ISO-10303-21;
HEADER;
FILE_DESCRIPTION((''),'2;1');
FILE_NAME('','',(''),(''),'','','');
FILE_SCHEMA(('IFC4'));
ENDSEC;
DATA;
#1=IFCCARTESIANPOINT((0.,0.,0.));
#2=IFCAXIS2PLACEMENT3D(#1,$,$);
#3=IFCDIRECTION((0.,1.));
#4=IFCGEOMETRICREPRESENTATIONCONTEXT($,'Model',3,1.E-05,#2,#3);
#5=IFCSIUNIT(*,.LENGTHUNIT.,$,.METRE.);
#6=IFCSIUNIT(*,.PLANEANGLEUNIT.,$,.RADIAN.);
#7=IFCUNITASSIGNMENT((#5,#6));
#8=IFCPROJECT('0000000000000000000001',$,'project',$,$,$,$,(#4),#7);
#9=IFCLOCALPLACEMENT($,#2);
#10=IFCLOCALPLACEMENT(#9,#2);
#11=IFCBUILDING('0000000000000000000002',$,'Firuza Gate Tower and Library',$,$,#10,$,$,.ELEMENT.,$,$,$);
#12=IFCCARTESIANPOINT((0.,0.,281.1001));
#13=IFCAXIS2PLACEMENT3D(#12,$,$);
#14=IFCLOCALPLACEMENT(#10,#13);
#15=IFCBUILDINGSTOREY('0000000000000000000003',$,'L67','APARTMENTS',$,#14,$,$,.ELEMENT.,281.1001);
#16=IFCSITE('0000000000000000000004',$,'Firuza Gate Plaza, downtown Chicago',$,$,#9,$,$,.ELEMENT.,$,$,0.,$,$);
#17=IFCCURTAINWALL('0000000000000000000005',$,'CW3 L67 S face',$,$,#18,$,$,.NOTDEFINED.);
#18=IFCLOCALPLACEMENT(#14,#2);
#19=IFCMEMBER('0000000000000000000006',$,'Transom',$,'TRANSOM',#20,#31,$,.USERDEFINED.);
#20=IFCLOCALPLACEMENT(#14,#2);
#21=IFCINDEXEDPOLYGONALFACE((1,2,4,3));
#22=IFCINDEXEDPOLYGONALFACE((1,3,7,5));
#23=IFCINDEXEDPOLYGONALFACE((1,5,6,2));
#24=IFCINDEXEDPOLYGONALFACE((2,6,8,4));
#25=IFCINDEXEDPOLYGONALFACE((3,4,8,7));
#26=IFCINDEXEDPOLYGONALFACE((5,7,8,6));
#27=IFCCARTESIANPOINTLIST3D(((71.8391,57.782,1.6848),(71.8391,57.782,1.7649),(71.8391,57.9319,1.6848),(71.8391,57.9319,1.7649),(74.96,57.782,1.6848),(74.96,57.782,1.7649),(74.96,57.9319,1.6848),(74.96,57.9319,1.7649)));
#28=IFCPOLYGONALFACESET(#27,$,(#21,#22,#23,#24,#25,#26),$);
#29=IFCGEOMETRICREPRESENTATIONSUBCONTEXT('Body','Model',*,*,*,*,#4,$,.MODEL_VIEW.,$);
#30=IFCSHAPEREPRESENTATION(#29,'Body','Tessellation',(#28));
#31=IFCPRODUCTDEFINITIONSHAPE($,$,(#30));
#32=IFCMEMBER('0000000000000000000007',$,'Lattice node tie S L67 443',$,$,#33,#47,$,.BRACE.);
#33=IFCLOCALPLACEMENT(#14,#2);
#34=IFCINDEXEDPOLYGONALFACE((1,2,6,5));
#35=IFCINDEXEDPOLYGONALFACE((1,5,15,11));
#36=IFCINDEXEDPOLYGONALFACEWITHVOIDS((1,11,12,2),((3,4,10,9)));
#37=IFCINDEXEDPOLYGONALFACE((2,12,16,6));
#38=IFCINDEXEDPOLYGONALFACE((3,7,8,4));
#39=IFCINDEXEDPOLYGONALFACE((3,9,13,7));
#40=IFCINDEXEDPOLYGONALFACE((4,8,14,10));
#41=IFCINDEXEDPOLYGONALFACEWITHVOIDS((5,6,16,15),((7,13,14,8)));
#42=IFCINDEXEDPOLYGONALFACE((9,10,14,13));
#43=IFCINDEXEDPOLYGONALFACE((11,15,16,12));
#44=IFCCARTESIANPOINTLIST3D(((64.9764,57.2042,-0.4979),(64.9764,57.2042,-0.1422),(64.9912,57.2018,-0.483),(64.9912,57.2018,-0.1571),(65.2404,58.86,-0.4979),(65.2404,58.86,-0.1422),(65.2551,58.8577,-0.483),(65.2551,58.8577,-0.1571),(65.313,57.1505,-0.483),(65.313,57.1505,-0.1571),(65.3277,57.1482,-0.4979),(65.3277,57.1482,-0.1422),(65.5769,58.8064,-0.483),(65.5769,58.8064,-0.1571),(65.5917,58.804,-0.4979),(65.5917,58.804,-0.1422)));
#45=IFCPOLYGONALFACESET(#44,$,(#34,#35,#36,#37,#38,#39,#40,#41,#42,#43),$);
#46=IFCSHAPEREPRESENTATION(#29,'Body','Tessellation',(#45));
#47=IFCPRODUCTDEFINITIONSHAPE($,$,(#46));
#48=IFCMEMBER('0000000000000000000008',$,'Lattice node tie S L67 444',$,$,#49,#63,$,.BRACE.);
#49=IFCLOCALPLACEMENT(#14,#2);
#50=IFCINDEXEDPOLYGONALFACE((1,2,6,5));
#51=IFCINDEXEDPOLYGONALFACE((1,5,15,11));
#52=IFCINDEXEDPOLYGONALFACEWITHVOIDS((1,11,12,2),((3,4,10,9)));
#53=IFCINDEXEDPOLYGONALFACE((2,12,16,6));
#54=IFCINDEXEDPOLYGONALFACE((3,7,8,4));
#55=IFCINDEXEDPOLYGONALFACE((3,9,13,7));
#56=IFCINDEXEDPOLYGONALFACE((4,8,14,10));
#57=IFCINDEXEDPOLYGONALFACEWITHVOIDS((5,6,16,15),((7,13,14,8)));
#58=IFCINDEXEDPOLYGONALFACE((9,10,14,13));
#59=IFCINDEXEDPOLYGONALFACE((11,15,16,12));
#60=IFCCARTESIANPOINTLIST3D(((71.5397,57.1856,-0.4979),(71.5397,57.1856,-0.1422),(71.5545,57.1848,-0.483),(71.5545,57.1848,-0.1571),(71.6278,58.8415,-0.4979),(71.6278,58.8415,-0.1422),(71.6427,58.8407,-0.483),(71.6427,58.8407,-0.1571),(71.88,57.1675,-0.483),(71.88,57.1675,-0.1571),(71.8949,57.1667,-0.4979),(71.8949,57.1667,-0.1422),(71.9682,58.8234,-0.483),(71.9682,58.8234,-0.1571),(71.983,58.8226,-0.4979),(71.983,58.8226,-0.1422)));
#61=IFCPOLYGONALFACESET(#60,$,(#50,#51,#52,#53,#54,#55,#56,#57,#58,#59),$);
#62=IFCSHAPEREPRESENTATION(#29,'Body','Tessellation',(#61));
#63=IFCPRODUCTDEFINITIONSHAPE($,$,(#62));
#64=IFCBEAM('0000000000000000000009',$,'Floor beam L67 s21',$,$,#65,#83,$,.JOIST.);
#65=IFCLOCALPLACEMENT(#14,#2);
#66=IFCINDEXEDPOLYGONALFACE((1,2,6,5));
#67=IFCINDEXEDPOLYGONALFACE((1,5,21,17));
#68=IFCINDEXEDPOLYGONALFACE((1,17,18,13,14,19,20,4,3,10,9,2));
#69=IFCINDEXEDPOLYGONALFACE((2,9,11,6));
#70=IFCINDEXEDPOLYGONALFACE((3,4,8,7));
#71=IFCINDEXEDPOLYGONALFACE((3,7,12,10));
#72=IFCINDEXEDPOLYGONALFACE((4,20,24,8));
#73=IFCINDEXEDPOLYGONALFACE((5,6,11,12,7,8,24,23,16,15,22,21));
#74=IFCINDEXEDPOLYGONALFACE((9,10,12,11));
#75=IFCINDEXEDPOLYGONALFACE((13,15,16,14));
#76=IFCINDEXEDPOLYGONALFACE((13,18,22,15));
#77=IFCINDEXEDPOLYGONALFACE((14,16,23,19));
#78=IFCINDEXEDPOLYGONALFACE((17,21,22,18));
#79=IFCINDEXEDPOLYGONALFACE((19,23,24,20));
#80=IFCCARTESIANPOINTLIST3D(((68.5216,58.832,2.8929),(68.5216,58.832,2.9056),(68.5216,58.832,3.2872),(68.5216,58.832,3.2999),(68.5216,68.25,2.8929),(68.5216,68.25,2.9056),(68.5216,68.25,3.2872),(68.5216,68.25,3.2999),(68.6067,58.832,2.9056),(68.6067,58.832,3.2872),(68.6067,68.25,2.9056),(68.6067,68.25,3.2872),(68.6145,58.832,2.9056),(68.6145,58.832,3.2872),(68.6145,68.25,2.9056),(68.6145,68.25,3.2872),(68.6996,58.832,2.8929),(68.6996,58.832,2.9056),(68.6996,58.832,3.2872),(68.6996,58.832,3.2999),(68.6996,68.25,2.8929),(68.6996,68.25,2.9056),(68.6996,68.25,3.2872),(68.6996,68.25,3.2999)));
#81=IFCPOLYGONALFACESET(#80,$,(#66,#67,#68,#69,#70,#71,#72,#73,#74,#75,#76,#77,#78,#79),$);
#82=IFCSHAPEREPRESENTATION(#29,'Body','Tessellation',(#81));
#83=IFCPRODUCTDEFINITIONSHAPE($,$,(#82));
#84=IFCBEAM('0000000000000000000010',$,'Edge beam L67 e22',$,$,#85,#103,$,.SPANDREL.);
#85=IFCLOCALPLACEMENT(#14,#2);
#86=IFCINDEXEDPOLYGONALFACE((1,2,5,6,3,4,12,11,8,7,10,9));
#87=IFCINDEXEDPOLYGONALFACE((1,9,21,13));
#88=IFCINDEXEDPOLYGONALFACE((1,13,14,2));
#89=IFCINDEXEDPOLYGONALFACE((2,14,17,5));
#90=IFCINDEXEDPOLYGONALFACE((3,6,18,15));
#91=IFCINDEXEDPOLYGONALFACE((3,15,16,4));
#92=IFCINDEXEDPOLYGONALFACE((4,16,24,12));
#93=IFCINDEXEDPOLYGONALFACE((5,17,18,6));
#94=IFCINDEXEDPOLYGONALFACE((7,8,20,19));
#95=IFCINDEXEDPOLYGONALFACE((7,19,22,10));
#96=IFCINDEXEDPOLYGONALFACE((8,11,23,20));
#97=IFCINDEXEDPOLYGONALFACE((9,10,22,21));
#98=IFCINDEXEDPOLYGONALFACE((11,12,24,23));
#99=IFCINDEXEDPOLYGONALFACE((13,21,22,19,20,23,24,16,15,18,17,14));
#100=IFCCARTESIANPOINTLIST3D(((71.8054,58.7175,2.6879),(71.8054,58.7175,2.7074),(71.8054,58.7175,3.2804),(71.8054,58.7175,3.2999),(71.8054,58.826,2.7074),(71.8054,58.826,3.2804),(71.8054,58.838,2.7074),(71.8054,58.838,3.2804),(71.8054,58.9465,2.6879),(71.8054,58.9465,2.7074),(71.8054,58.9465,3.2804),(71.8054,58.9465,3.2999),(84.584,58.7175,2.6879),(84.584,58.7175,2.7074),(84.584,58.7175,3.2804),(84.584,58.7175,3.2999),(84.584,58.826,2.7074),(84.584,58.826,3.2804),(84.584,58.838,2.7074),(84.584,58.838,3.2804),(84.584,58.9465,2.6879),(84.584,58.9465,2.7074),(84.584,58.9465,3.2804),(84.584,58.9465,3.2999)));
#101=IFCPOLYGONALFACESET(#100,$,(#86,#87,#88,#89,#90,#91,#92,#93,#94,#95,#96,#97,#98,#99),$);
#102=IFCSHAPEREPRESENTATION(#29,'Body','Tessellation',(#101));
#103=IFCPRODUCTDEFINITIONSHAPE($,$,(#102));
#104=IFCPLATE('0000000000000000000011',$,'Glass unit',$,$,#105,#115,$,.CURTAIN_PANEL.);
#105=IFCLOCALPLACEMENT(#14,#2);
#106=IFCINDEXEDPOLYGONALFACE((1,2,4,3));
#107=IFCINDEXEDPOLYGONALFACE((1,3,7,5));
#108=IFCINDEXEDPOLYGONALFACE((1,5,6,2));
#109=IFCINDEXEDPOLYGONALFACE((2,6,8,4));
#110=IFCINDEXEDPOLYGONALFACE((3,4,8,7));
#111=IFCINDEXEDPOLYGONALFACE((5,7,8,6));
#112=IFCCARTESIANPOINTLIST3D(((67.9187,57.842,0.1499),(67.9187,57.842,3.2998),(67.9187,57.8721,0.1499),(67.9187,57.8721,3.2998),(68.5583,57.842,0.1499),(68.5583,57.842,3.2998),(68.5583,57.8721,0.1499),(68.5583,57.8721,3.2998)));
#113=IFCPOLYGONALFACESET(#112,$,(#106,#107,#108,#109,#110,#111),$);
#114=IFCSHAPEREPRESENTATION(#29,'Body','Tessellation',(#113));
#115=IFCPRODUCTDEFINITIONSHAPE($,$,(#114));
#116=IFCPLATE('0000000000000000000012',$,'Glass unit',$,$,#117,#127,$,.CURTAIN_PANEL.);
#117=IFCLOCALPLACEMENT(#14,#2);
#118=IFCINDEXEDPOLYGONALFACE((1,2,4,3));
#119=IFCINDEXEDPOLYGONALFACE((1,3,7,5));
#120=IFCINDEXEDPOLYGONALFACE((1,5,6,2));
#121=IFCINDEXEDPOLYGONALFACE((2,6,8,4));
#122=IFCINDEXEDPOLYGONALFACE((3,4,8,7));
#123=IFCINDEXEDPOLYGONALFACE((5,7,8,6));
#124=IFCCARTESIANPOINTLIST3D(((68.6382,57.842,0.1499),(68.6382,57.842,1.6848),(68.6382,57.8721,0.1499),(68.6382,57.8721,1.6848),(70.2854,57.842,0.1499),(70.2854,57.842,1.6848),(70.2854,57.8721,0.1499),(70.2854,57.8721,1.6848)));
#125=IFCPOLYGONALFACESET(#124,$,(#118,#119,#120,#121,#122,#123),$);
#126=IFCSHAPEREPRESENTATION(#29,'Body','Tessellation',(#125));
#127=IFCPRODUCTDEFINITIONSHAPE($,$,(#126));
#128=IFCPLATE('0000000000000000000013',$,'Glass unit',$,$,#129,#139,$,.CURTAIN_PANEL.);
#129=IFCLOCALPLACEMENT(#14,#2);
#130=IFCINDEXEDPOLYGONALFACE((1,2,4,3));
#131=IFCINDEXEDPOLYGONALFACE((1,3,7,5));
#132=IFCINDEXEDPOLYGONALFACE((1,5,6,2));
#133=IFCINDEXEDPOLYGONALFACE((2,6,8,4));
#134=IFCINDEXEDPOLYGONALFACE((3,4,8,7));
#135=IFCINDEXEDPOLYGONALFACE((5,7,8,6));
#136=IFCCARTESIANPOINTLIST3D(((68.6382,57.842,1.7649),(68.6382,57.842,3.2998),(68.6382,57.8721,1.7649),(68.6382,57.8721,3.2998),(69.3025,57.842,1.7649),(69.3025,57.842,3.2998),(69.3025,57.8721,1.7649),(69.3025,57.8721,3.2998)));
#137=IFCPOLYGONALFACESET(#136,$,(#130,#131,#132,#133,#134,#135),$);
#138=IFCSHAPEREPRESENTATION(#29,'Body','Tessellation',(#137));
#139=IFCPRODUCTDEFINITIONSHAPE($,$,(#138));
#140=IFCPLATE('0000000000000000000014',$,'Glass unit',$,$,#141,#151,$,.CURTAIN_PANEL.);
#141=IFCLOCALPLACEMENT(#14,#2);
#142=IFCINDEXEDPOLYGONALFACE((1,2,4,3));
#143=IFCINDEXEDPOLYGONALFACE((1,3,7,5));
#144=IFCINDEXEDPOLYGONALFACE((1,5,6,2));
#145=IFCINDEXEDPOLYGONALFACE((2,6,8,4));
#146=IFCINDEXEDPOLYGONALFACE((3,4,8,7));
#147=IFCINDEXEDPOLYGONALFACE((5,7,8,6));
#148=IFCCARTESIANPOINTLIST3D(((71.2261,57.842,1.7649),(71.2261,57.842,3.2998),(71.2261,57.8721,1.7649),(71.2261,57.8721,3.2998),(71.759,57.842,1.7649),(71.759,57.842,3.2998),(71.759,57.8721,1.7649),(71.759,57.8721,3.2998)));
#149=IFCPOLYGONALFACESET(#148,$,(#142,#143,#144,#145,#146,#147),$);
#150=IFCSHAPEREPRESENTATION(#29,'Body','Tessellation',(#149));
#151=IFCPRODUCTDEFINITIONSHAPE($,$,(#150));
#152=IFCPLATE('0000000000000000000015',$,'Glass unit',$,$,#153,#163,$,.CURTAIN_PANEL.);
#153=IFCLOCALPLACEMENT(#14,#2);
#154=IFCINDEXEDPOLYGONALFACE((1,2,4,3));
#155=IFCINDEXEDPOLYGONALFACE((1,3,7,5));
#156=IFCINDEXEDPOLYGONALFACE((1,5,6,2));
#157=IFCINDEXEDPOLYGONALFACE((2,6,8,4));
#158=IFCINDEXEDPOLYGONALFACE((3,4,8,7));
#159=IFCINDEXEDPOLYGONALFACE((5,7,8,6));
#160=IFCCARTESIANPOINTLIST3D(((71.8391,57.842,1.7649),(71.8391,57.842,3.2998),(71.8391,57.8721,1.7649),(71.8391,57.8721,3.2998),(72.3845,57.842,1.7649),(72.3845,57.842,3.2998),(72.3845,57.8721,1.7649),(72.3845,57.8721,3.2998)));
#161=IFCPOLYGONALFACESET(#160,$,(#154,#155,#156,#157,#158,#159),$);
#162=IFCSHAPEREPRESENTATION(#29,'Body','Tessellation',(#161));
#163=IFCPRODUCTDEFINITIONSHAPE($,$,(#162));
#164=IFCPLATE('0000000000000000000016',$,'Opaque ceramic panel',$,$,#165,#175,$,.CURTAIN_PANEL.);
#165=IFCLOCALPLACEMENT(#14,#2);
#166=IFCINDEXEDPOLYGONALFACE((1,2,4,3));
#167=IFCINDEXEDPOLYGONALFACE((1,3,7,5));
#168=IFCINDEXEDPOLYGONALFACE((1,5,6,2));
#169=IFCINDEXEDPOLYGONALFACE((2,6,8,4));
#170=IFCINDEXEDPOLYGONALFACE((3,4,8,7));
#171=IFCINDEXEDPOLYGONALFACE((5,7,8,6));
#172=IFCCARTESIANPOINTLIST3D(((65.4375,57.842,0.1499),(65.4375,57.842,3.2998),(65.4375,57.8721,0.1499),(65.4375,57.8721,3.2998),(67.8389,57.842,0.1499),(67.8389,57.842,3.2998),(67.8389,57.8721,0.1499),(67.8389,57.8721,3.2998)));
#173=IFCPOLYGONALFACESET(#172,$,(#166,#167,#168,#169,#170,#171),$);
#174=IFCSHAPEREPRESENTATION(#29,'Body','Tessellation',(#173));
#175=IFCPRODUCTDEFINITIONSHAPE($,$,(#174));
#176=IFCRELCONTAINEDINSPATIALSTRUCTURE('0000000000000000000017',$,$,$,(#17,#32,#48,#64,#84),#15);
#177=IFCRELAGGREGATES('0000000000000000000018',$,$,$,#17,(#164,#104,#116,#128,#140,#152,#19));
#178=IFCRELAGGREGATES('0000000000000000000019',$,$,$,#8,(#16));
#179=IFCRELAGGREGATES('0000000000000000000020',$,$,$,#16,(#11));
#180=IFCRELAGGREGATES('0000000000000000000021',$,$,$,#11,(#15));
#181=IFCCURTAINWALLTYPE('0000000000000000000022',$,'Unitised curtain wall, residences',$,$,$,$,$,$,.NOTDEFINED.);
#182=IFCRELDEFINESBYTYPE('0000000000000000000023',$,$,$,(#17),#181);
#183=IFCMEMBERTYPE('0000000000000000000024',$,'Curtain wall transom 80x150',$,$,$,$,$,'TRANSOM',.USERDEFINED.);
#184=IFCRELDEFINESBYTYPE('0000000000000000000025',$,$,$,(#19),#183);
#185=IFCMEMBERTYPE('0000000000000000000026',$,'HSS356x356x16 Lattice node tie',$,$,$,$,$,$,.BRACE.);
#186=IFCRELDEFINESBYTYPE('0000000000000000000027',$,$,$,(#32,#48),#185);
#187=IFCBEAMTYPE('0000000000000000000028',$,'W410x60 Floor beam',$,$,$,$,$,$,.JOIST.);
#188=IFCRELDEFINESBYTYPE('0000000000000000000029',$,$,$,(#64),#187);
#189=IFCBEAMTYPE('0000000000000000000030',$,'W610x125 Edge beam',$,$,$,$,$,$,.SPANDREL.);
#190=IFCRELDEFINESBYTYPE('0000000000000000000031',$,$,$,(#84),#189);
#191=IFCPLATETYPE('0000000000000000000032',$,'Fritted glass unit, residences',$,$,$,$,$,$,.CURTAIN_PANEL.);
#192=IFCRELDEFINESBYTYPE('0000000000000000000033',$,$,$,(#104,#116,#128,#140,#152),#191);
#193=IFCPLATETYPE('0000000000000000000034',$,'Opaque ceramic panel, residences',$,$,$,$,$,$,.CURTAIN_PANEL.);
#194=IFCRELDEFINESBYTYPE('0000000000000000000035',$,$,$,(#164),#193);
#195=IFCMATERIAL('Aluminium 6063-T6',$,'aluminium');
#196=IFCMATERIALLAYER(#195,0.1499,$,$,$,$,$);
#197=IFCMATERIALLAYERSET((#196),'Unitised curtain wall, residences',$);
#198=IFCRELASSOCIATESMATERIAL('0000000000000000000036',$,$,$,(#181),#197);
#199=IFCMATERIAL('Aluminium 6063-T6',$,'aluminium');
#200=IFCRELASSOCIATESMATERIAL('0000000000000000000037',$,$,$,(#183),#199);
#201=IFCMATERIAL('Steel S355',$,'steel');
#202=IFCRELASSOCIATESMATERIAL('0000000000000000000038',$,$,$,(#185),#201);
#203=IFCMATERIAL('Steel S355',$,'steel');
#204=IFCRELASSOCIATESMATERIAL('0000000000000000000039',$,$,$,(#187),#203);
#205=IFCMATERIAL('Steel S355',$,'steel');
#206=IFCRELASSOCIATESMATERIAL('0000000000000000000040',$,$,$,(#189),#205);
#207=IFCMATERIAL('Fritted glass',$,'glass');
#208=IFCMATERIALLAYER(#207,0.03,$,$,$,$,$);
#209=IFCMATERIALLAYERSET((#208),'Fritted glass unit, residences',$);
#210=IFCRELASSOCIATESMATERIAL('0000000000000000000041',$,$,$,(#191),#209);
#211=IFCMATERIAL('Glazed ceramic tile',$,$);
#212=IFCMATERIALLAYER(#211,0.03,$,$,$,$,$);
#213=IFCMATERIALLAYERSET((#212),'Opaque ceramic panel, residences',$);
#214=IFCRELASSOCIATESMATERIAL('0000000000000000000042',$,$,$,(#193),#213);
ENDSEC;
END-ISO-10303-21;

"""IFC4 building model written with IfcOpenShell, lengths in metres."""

from ifc_helpers import new_model, si_unit, direction, frame, origin, origin_2d, place, context, subcontext, project, spatial, polyline, rectangle, hollow_rectangle, i_section, outline, extrude, material, layer, layer_set, material_profile, profile_set, type_object, element, aggregate, save


model = new_model("IFC4")

# Units and contexts
model_context = context("Model", 3, precision=1e-05, world=origin(), true_north=direction((0.0, 1.0)))
body_context = subcontext(model_context, "Body", "Model", "MODEL_VIEW")
ifc_project = project(units=[si_unit("LENGTHUNIT", "METRE"), si_unit("PLANEANGLEUNIT", "RADIAN")], contexts=[model_context])

# Site, building, storey
site_placement = place(None, origin())
site = spatial("IfcSite", under=ifc_project, at=site_placement, Name="Firuza Gate Plaza, downtown Chicago", CompositionType="ELEMENT", RefElevation=0.0)
building_placement = place(site_placement, origin())
building = spatial("IfcBuilding", under=site, at=building_placement, Name="Firuza Gate Tower and Library", CompositionType="ELEMENT")
storey_placement = place(building_placement, frame((0.0, 0.0, 281.1001)))
storey = spatial("IfcBuildingStorey", under=building, at=storey_placement, Name="L67", Description="APARTMENTS", CompositionType="ELEMENT", Elevation=281.1001)

# Curtain wall, member
ifc_material_1 = material(Name="Aluminium 6063-T6", Category="aluminium")
ifc_layer_1 = layer(ifc_material_1, 0.1499)
ifc_layer_set_1 = layer_set([ifc_layer_1], Name="Unitised curtain wall, residences")
curtain_wall_type = type_object("IfcCurtainWallType", Name="Unitised curtain wall, residences", PredefinedType="NOTDEFINED", material=ifc_layer_set_1)
curtain_wall_placement = place(storey_placement, origin())
curtain_wall = element("IfcCurtainWall", 1, at=curtain_wall_placement, inside=storey, type_object=curtain_wall_type, Name="CW3 L67 S face", PredefinedType="NOTDEFINED")
ifc_material_2 = material(Name="Aluminium 6063-T6", Category="aluminium")
ifc_material_profile_1 = material_profile(ifc_material_2, rectangle(XDim=0.1499, YDim=0.0801, at=origin_2d()))
ifc_profile_set_1 = profile_set([ifc_material_profile_1], Name="Aluminium 6063-T6")
member_type_1 = type_object("IfcMemberType", Name="Curtain wall transom 80x150", ElementType="TRANSOM", PredefinedType="USERDEFINED", material=ifc_profile_set_1)
member_1_placement = place(storey_placement, frame((71.8391, 57.8569, 1.7249), z_axis=(1.0, 0.0, 0.0), x_axis=(0.0, 1.0, 0.0)))
member_1 = element("IfcMember", 2, at=member_1_placement, type_object=member_type_1, Name="Transom", ObjectType="TRANSOM", PredefinedType="USERDEFINED", context=body_context, shape_type="SweptSolid", body=[
    extrude(rectangle(XDim=0.1499, YDim=0.0801, at=origin_2d()), origin(), (0.0, 0.0, 1.0), 3.1208),
])

# Members
ifc_material_3 = material(Name="Steel S355", Category="steel")
ifc_material_profile_2 = material_profile(ifc_material_3, hollow_rectangle(XDim=0.3557, YDim=0.3557, WallThickness=0.0149, at=origin_2d()))
ifc_profile_set_2 = profile_set([ifc_material_profile_2], Name="Steel S355")
member_type_2 = type_object("IfcMemberType", Name="HSS356x356x16 Lattice node tie", PredefinedType="BRACE", material=ifc_profile_set_2)
member_2_placement = place(storey_placement, frame((65.416, 58.832, -0.3201), z_axis=(-0.157406, -0.987534, 0.0), x_axis=(0.987534, -0.157406, 0.0)))
element("IfcMember", 3, at=member_2_placement, inside=storey, type_object=member_type_2, Name="Lattice node tie S L67 443", PredefinedType="BRACE", context=body_context, shape_type="SweptSolid", body=[
    extrude(hollow_rectangle(XDim=0.3557, YDim=0.3557, WallThickness=0.0149, at=origin_2d()), origin(), (0.0, 0.0, 1.0), 1.6768),
])
member_3_placement = place(storey_placement, frame((71.8054, 58.832, -0.3201), z_axis=(-0.053154, -0.998586, 0.0), x_axis=(0.998586, -0.053154, 0.0)))
element("IfcMember", 4, at=member_3_placement, inside=storey, type_object=member_type_2, Name="Lattice node tie S L67 444", PredefinedType="BRACE", context=body_context, shape_type="SweptSolid", body=[
    extrude(hollow_rectangle(XDim=0.3557, YDim=0.3557, WallThickness=0.0149, at=origin_2d()), origin(), (0.0, 0.0, 1.0), 1.6582),
])

# Beams
ifc_material_4 = material(Name="Steel S355", Category="steel")
ifc_material_profile_3 = material_profile(ifc_material_4, i_section(OverallWidth=0.178, OverallDepth=0.407, WebThickness=0.0078, FlangeThickness=0.0127, at=origin_2d()))
ifc_profile_set_3 = profile_set([ifc_material_profile_3], Name="Steel S355")
beam_type_1 = type_object("IfcBeamType", Name="W410x60 Floor beam", PredefinedType="JOIST", material=ifc_profile_set_3)
beam_1_placement = place(storey_placement, frame((68.6106, 58.832, 3.0964), z_axis=(0.0, 1.0, 0.0), x_axis=(-1.0, 0.0, 0.0)))
element("IfcBeam", 5, at=beam_1_placement, inside=storey, type_object=beam_type_1, Name="Floor beam L67 s21", PredefinedType="JOIST", context=body_context, shape_type="SweptSolid", body=[
    extrude(i_section(OverallWidth=0.178, OverallDepth=0.407, WebThickness=0.0078, FlangeThickness=0.0127, at=origin_2d()), origin(), (0.0, 0.0, 1.0), 9.418),
])
ifc_material_5 = material(Name="Steel S355", Category="steel")
ifc_material_profile_4 = material_profile(ifc_material_5, i_section(OverallWidth=0.229, OverallDepth=0.6121, WebThickness=0.012, FlangeThickness=0.0195, at=origin_2d()))
ifc_profile_set_4 = profile_set([ifc_material_profile_4], Name="Steel S355")
beam_type_2 = type_object("IfcBeamType", Name="W610x125 Edge beam", PredefinedType="SPANDREL", material=ifc_profile_set_4)
beam_2_placement = place(storey_placement, frame((71.8054, 58.832, 2.9939), z_axis=(1.0, 0.0, 0.0), x_axis=(0.0, 1.0, 0.0)))
element("IfcBeam", 6, at=beam_2_placement, inside=storey, type_object=beam_type_2, Name="Edge beam L67 e22", PredefinedType="SPANDREL", context=body_context, shape_type="SweptSolid", body=[
    extrude(i_section(OverallWidth=0.229, OverallDepth=0.6121, WebThickness=0.012, FlangeThickness=0.0195, at=origin_2d()), origin(), (0.0, 0.0, 1.0), 12.7786),
])

# Plates
ifc_material_6 = material(Name="Fritted glass", Category="glass")
ifc_layer_2 = layer(ifc_material_6, 0.03)
ifc_layer_set_2 = layer_set([ifc_layer_2], Name="Fritted glass unit, residences")
plate_type_1 = type_object("IfcPlateType", Name="Fritted glass unit, residences", PredefinedType="CURTAIN_PANEL", material=ifc_layer_set_2)
plate_1_placement = place(storey_placement, frame((67.9187, 57.842, 0.1499), z_axis=(0.0, -1.0, 0.0), x_axis=(1.0, 0.0, 0.0)))
plate_1 = element("IfcPlate", 7, at=plate_1_placement, type_object=plate_type_1, Name="Glass unit", PredefinedType="CURTAIN_PANEL", context=body_context, shape_type="SweptSolid", body=[
    extrude(outline(polyline([(0.0, 0.0), (0.6396, 0.0), (0.6396, 3.1499), (0.0, 3.1499), (0.0, 0.0)])), origin(), (0.0, 0.0, -1.0), 0.03),
])
plate_2_placement = place(storey_placement, frame((68.6382, 57.842, 0.1499), z_axis=(0.0, -1.0, 0.0), x_axis=(1.0, 0.0, 0.0)))
plate_2 = element("IfcPlate", 8, at=plate_2_placement, type_object=plate_type_1, Name="Glass unit", PredefinedType="CURTAIN_PANEL", context=body_context, shape_type="SweptSolid", body=[
    extrude(outline(polyline([(0.0, 0.0), (1.6472, 0.0), (1.6472, 1.5349), (0.0, 1.5349), (0.0, 0.0)])), origin(), (0.0, 0.0, -1.0), 0.03),
])
plate_3_placement = place(storey_placement, frame((68.6382, 57.842, 1.7649), z_axis=(0.0, -1.0, 0.0), x_axis=(1.0, 0.0, 0.0)))
plate_3 = element("IfcPlate", 9, at=plate_3_placement, type_object=plate_type_1, Name="Glass unit", PredefinedType="CURTAIN_PANEL", context=body_context, shape_type="SweptSolid", body=[
    extrude(outline(polyline([(0.0, 0.0), (0.6643, 0.0), (0.6643, 1.5349), (0.0, 1.5349), (0.0, 0.0)])), origin(), (0.0, 0.0, -1.0), 0.03),
])
plate_4_placement = place(storey_placement, frame((71.2261, 57.842, 1.7649), z_axis=(0.0, -1.0, 0.0), x_axis=(1.0, 0.0, 0.0)))
plate_4 = element("IfcPlate", 10, at=plate_4_placement, type_object=plate_type_1, Name="Glass unit", PredefinedType="CURTAIN_PANEL", context=body_context, shape_type="SweptSolid", body=[
    extrude(outline(polyline([(0.0, 0.0), (0.533, 0.0), (0.533, 1.5349), (0.0, 1.5349), (0.0, 0.0)])), origin(), (0.0, 0.0, -1.0), 0.03),
])
plate_5_placement = place(storey_placement, frame((71.8391, 57.842, 1.7649), z_axis=(0.0, -1.0, 0.0), x_axis=(1.0, 0.0, 0.0)))
plate_5 = element("IfcPlate", 11, at=plate_5_placement, type_object=plate_type_1, Name="Glass unit", PredefinedType="CURTAIN_PANEL", context=body_context, shape_type="SweptSolid", body=[
    extrude(outline(polyline([(0.0, 0.0), (0.5454, 0.0), (0.5454, 1.5349), (0.0, 1.5349), (0.0, 0.0)])), origin(), (0.0, 0.0, -1.0), 0.03),
])
ifc_material_7 = material(Name="Glazed ceramic tile")
ifc_layer_3 = layer(ifc_material_7, 0.03)
ifc_layer_set_3 = layer_set([ifc_layer_3], Name="Opaque ceramic panel, residences")
plate_type_2 = type_object("IfcPlateType", Name="Opaque ceramic panel, residences", PredefinedType="CURTAIN_PANEL", material=ifc_layer_set_3)
plate_6_placement = place(storey_placement, frame((65.4375, 57.842, 0.1499), z_axis=(0.0, -1.0, 0.0), x_axis=(1.0, 0.0, 0.0)))
plate_6 = element("IfcPlate", 12, at=plate_6_placement, type_object=plate_type_2, Name="Opaque ceramic panel", PredefinedType="CURTAIN_PANEL", context=body_context, shape_type="SweptSolid", body=[
    extrude(outline(polyline([(0.0, 0.0), (2.4014, 0.0), (2.4014, 3.1499), (0.0, 3.1499), (0.0, 0.0)])), origin(), (0.0, 0.0, -1.0), 0.03),
])
aggregate(curtain_wall, [plate_6, plate_1, plate_2, plate_3, plate_4, plate_5, member_1])

save(model, "model.ifc")
